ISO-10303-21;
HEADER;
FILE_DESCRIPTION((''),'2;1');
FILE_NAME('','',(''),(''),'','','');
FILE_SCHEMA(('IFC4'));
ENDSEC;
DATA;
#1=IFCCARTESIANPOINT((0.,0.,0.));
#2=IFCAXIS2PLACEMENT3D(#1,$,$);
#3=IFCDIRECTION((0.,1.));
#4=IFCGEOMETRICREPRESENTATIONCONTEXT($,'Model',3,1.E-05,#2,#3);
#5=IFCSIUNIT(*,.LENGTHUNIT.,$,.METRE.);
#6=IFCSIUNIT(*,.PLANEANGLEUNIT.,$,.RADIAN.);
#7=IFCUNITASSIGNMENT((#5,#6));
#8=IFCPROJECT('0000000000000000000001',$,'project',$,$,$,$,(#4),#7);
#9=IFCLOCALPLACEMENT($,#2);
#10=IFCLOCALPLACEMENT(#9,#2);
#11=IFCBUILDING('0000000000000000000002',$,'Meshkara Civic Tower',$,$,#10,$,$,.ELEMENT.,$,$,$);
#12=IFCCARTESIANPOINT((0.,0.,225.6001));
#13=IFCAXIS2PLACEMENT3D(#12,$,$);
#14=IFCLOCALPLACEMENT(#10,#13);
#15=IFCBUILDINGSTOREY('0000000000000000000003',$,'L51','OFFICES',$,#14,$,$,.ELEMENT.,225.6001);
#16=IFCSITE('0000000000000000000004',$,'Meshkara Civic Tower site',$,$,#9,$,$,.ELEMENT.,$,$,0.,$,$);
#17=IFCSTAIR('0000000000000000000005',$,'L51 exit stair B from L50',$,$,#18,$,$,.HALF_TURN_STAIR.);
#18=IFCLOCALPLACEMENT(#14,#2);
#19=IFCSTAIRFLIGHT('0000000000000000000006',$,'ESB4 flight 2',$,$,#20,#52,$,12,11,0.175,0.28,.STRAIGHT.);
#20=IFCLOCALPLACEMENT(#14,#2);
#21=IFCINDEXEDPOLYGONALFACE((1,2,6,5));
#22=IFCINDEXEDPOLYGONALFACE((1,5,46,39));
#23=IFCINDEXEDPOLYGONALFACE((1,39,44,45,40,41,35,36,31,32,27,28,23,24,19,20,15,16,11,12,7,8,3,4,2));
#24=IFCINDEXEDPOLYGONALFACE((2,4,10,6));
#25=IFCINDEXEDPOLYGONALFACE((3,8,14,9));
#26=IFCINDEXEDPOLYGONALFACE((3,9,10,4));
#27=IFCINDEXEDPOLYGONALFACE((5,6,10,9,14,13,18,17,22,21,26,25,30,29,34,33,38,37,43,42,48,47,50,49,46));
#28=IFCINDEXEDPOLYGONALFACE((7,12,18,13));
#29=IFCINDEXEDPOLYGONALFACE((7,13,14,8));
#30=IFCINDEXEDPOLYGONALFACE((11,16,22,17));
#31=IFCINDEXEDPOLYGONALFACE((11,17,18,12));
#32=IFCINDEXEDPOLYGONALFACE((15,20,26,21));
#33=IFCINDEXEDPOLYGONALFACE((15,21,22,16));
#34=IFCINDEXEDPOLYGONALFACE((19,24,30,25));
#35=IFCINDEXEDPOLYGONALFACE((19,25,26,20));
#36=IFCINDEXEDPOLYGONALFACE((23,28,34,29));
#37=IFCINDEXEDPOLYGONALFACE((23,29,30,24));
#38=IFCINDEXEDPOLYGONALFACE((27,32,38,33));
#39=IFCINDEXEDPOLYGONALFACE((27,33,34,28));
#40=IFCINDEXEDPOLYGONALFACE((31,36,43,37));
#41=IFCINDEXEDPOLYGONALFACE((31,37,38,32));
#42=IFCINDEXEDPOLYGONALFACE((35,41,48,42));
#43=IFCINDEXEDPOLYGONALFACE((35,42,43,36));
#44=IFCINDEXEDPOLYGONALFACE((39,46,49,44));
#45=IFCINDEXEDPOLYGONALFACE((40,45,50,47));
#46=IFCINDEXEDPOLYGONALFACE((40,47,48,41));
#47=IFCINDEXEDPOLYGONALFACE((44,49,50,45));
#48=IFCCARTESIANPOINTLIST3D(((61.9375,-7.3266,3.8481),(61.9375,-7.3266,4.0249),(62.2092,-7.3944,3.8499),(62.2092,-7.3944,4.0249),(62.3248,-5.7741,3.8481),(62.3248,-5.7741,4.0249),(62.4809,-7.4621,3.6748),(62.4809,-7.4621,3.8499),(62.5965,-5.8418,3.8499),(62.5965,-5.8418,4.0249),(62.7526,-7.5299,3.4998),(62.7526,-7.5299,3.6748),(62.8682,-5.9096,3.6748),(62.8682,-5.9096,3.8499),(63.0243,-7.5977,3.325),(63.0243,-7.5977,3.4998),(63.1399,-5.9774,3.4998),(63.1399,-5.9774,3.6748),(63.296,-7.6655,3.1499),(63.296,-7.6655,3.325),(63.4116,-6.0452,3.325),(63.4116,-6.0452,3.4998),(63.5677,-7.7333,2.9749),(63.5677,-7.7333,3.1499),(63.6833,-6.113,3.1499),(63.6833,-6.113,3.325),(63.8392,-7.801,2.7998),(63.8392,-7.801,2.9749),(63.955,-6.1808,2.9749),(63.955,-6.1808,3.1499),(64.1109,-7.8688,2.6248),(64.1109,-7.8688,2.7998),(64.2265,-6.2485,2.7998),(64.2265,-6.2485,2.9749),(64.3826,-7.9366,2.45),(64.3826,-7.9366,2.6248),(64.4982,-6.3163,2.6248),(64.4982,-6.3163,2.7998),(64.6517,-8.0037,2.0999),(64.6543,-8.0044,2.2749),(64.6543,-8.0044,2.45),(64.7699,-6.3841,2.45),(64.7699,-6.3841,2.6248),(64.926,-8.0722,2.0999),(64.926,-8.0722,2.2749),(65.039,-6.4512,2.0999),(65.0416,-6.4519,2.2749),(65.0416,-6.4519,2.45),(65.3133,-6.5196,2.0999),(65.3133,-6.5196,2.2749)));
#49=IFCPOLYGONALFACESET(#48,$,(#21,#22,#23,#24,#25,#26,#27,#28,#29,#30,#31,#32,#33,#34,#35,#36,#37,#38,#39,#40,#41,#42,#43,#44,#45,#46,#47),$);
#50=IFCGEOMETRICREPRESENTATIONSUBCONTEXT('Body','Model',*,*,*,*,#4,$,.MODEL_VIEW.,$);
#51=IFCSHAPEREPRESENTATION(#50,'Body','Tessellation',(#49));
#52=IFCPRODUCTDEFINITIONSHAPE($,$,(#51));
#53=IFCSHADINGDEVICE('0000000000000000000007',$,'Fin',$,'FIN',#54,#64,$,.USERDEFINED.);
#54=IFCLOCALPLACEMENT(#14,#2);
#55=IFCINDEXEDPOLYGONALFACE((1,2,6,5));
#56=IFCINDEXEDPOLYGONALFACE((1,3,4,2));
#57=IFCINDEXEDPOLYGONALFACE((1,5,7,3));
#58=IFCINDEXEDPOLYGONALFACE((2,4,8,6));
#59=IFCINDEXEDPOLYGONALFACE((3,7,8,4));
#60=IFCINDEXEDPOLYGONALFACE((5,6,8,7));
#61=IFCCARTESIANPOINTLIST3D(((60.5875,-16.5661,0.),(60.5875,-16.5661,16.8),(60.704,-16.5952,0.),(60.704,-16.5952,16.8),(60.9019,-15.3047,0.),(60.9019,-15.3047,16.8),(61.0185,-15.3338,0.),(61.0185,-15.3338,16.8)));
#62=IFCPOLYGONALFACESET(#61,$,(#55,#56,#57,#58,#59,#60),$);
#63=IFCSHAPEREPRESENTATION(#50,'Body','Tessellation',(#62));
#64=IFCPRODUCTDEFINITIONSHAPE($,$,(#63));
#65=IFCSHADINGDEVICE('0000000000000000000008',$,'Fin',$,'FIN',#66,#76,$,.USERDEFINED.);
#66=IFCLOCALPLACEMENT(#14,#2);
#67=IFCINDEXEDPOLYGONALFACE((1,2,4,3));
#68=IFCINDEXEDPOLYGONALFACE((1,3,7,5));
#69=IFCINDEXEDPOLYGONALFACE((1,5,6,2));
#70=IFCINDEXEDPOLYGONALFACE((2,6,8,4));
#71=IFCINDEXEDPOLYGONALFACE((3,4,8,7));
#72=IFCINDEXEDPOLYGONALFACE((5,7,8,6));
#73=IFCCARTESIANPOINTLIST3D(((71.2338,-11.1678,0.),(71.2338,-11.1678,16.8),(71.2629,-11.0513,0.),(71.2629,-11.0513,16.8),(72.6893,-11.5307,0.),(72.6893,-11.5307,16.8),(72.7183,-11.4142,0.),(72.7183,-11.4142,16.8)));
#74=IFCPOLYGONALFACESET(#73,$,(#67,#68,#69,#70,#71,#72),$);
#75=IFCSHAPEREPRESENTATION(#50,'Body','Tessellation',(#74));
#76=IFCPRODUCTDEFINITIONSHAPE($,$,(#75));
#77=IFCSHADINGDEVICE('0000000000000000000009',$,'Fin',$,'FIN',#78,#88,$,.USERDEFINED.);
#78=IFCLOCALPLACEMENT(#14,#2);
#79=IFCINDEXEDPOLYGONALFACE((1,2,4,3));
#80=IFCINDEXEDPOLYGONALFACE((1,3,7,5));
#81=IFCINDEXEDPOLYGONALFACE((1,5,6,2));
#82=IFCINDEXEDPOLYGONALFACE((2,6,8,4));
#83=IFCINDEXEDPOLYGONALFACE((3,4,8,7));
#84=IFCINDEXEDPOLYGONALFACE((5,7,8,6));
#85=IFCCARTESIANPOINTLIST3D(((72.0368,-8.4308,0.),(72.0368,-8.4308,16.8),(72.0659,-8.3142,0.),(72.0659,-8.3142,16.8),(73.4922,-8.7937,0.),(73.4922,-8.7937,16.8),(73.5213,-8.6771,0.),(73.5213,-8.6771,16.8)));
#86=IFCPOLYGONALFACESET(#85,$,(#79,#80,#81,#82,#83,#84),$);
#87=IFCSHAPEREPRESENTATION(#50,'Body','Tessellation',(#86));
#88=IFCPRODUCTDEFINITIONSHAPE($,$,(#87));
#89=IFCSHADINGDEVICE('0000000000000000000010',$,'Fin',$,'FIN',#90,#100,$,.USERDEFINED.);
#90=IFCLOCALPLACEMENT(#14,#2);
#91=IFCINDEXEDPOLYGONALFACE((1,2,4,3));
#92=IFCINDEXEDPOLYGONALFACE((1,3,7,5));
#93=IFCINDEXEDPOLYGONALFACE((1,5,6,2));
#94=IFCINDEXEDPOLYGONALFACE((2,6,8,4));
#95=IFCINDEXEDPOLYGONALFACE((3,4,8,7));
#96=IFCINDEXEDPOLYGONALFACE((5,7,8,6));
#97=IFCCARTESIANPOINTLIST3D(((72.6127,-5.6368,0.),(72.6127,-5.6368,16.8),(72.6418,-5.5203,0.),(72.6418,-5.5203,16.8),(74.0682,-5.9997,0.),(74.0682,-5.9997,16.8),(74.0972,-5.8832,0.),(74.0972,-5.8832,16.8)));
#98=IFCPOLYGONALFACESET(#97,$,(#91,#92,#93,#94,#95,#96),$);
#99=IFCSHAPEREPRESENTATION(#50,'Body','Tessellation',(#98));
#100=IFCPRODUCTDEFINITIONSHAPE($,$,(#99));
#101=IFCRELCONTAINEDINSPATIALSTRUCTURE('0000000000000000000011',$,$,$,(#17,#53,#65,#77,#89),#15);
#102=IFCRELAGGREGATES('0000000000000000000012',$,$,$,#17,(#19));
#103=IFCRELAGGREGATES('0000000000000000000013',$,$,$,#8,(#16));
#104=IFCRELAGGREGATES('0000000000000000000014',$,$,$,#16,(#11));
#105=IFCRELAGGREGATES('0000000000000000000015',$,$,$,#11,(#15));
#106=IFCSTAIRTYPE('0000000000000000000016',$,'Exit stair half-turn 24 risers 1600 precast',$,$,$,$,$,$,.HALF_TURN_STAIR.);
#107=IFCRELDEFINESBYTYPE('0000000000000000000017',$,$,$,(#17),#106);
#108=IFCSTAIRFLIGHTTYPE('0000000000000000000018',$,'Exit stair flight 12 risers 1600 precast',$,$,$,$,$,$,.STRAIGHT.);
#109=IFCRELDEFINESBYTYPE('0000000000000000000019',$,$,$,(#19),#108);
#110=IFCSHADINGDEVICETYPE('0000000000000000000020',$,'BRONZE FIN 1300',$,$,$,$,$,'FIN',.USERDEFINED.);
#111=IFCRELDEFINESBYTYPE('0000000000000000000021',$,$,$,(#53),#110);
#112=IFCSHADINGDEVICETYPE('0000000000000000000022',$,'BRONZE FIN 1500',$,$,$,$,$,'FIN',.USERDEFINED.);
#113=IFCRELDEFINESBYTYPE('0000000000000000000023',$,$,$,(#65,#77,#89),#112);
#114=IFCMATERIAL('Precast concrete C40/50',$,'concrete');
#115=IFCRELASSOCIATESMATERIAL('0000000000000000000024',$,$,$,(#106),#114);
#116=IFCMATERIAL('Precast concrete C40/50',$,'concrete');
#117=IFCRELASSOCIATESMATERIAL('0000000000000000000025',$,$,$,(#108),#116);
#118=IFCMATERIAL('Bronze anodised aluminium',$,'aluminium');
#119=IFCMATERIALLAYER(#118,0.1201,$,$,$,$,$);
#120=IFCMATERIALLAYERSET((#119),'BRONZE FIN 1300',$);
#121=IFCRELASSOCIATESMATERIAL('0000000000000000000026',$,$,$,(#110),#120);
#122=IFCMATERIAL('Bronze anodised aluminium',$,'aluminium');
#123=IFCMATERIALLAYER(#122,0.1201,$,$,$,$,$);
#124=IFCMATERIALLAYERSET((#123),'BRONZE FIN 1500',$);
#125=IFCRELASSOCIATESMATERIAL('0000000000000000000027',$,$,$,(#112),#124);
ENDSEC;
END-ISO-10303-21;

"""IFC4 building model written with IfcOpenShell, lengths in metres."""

from ifc_helpers import new_model, si_unit, direction, frame, origin, origin_2d, place, context, subcontext, project, spatial, polyline, rectangle, outline, extrude, material, layer, layer_set, type_object, element, aggregate, save


model = new_model("IFC4")

# Units and contexts
model_context = context("Model", 3, precision=1e-05, world=origin(), true_north=direction((0.0, 1.0)))
body_context = subcontext(model_context, "Body", "Model", "MODEL_VIEW")
ifc_project = project(units=[si_unit("LENGTHUNIT", "METRE"), si_unit("PLANEANGLEUNIT", "RADIAN")], contexts=[model_context])

# Site, building, storey
site_placement = place(None, origin())
site = spatial("IfcSite", under=ifc_project, at=site_placement, Name="Meshkara Civic Tower site", CompositionType="ELEMENT", RefElevation=0.0)
building_placement = place(site_placement, origin())
building = spatial("IfcBuilding", under=site, at=building_placement, Name="Meshkara Civic Tower", CompositionType="ELEMENT")
storey_placement = place(building_placement, frame((0.0, 0.0, 225.6001)))
storey = spatial("IfcBuildingStorey", under=building, at=storey_placement, Name="L51", Description="OFFICES", CompositionType="ELEMENT", Elevation=225.6001)

# Stair, stair flight
ifc_material_1 = material(Name="Precast concrete C40/50", Category="concrete")
stair_type = type_object("IfcStairType", Name="Exit stair half-turn 24 risers 1600 precast", PredefinedType="HALF_TURN_STAIR", material=ifc_material_1)
stair_placement = place(storey_placement, origin())
stair = element("IfcStair", 1, at=stair_placement, inside=storey, type_object=stair_type, Name="L51 exit stair B from L50", PredefinedType="HALF_TURN_STAIR")
ifc_material_2 = material(Name="Precast concrete C40/50", Category="concrete")
stair_flight_type = type_object("IfcStairFlightType", Name="Exit stair flight 12 risers 1600 precast", PredefinedType="STRAIGHT", material=ifc_material_2)
stair_flight_1_placement = place(storey_placement, frame((65.1196, -7.2959, 2.0999), z_axis=(0.0, 0.0, 1.0), x_axis=(-0.97026, 0.242065, 0.0)))
stair_flight_1 = element("IfcStairFlight", 2, at=stair_flight_1_placement, type_object=stair_flight_type, Name="ESB4 flight 2", NumberOfRisers=12, NumberOfTreads=11, PredefinedType="STRAIGHT", RiserHeight=0.175, TreadLength=0.28, context=body_context, shape_type="SweptSolid", body=[
    extrude(outline(polyline([(0.0, 0.0), (0.0, 0.175), (0.28, 0.175), (0.28, 0.3501), (0.5601, 0.3501), (0.5601, 0.5249), (0.8401, 0.5249), (0.8401, 0.7), (1.1201, 0.7), (1.1201, 0.875), (1.3999, 0.875), (1.3999, 1.05), (1.6799, 1.05), (1.6799, 1.2251), (1.96, 1.2251), (1.96, 1.3999), (2.24, 1.3999), (2.24, 1.575), (2.52, 1.575), (2.52, 1.75), (2.8, 1.75), (2.8, 1.925), (3.0801, 1.925), (3.0801, 2.1001), (3.0801, 1.7483), (0.2827, 0.0), (0.0, 0.0)])), frame((0.0, 0.8, 0.0), z_axis=(0.0, -1.0, 0.0), x_axis=(1.0, 0.0, 0.0)), (0.0, 0.0, 1.0), 1.6001),
])
aggregate(stair, [stair_flight_1])

# Shading devices
ifc_material_3 = material(Name="Bronze anodised aluminium", Category="aluminium")
ifc_layer_1 = layer(ifc_material_3, 0.1201)
ifc_layer_set_1 = layer_set([ifc_layer_1], Name="BRONZE FIN 1300")
shading_device_type_1 = type_object("IfcShadingDeviceType", Name="BRONZE FIN 1300", ElementType="FIN", PredefinedType="USERDEFINED", material=ifc_layer_set_1)
shading_device_placement = place(storey_placement, frame((60.803, -15.95, 0.0), z_axis=(0.0, 0.0, 1.0), x_axis=(0.9703, -0.241905, 0.0)))
element("IfcShadingDevice", 3, at=shading_device_placement, inside=storey, type_object=shading_device_type_1, Name="Fin", ObjectType="FIN", PredefinedType="USERDEFINED", context=body_context, shape_type="SweptSolid", body=[
    extrude(rectangle(XDim=0.1201, YDim=1.3, at=origin_2d()), origin(), (0.0, 0.0, 1.0), 16.8),
])
ifc_material_4 = material(Name="Bronze anodised aluminium", Category="aluminium")
ifc_layer_2 = layer(ifc_material_4, 0.1201)
ifc_layer_set_2 = layer_set([ifc_layer_2], Name="BRONZE FIN 1500")
shading_device_type_2 = type_object("IfcShadingDeviceType", Name="BRONZE FIN 1500", ElementType="FIN", PredefinedType="USERDEFINED", material=ifc_layer_set_2)
for number, where, z_axis, x_axis, name in (
    (4, (71.9761, -11.291, 0.0), (0.0, 0.0, 1.0), (0.241922, 0.970296, 0.0), "Fin"),
    (5, (72.7791, -8.554, 0.0), (0.0, 0.0, 1.0), (0.241922, 0.970296, 0.0), "Fin"),
    (6, (73.355, -5.76, 0.0), (0.0, 0.0, 1.0), (0.241922, 0.970296, 0.0), "Fin"),
):
    element("IfcShadingDevice", number, at=place(storey_placement, frame(where, z_axis=z_axis, x_axis=x_axis)), inside=storey, type_object=shading_device_type_2, Name=name, ObjectType="FIN", PredefinedType="USERDEFINED", context=body_context, shape_type="SweptSolid", body=[
        extrude(rectangle(XDim=0.1201, YDim=1.5, at=origin_2d()), origin(), (0.0, 0.0, 1.0), 16.8),
    ])

save(model, "model.ifc")
